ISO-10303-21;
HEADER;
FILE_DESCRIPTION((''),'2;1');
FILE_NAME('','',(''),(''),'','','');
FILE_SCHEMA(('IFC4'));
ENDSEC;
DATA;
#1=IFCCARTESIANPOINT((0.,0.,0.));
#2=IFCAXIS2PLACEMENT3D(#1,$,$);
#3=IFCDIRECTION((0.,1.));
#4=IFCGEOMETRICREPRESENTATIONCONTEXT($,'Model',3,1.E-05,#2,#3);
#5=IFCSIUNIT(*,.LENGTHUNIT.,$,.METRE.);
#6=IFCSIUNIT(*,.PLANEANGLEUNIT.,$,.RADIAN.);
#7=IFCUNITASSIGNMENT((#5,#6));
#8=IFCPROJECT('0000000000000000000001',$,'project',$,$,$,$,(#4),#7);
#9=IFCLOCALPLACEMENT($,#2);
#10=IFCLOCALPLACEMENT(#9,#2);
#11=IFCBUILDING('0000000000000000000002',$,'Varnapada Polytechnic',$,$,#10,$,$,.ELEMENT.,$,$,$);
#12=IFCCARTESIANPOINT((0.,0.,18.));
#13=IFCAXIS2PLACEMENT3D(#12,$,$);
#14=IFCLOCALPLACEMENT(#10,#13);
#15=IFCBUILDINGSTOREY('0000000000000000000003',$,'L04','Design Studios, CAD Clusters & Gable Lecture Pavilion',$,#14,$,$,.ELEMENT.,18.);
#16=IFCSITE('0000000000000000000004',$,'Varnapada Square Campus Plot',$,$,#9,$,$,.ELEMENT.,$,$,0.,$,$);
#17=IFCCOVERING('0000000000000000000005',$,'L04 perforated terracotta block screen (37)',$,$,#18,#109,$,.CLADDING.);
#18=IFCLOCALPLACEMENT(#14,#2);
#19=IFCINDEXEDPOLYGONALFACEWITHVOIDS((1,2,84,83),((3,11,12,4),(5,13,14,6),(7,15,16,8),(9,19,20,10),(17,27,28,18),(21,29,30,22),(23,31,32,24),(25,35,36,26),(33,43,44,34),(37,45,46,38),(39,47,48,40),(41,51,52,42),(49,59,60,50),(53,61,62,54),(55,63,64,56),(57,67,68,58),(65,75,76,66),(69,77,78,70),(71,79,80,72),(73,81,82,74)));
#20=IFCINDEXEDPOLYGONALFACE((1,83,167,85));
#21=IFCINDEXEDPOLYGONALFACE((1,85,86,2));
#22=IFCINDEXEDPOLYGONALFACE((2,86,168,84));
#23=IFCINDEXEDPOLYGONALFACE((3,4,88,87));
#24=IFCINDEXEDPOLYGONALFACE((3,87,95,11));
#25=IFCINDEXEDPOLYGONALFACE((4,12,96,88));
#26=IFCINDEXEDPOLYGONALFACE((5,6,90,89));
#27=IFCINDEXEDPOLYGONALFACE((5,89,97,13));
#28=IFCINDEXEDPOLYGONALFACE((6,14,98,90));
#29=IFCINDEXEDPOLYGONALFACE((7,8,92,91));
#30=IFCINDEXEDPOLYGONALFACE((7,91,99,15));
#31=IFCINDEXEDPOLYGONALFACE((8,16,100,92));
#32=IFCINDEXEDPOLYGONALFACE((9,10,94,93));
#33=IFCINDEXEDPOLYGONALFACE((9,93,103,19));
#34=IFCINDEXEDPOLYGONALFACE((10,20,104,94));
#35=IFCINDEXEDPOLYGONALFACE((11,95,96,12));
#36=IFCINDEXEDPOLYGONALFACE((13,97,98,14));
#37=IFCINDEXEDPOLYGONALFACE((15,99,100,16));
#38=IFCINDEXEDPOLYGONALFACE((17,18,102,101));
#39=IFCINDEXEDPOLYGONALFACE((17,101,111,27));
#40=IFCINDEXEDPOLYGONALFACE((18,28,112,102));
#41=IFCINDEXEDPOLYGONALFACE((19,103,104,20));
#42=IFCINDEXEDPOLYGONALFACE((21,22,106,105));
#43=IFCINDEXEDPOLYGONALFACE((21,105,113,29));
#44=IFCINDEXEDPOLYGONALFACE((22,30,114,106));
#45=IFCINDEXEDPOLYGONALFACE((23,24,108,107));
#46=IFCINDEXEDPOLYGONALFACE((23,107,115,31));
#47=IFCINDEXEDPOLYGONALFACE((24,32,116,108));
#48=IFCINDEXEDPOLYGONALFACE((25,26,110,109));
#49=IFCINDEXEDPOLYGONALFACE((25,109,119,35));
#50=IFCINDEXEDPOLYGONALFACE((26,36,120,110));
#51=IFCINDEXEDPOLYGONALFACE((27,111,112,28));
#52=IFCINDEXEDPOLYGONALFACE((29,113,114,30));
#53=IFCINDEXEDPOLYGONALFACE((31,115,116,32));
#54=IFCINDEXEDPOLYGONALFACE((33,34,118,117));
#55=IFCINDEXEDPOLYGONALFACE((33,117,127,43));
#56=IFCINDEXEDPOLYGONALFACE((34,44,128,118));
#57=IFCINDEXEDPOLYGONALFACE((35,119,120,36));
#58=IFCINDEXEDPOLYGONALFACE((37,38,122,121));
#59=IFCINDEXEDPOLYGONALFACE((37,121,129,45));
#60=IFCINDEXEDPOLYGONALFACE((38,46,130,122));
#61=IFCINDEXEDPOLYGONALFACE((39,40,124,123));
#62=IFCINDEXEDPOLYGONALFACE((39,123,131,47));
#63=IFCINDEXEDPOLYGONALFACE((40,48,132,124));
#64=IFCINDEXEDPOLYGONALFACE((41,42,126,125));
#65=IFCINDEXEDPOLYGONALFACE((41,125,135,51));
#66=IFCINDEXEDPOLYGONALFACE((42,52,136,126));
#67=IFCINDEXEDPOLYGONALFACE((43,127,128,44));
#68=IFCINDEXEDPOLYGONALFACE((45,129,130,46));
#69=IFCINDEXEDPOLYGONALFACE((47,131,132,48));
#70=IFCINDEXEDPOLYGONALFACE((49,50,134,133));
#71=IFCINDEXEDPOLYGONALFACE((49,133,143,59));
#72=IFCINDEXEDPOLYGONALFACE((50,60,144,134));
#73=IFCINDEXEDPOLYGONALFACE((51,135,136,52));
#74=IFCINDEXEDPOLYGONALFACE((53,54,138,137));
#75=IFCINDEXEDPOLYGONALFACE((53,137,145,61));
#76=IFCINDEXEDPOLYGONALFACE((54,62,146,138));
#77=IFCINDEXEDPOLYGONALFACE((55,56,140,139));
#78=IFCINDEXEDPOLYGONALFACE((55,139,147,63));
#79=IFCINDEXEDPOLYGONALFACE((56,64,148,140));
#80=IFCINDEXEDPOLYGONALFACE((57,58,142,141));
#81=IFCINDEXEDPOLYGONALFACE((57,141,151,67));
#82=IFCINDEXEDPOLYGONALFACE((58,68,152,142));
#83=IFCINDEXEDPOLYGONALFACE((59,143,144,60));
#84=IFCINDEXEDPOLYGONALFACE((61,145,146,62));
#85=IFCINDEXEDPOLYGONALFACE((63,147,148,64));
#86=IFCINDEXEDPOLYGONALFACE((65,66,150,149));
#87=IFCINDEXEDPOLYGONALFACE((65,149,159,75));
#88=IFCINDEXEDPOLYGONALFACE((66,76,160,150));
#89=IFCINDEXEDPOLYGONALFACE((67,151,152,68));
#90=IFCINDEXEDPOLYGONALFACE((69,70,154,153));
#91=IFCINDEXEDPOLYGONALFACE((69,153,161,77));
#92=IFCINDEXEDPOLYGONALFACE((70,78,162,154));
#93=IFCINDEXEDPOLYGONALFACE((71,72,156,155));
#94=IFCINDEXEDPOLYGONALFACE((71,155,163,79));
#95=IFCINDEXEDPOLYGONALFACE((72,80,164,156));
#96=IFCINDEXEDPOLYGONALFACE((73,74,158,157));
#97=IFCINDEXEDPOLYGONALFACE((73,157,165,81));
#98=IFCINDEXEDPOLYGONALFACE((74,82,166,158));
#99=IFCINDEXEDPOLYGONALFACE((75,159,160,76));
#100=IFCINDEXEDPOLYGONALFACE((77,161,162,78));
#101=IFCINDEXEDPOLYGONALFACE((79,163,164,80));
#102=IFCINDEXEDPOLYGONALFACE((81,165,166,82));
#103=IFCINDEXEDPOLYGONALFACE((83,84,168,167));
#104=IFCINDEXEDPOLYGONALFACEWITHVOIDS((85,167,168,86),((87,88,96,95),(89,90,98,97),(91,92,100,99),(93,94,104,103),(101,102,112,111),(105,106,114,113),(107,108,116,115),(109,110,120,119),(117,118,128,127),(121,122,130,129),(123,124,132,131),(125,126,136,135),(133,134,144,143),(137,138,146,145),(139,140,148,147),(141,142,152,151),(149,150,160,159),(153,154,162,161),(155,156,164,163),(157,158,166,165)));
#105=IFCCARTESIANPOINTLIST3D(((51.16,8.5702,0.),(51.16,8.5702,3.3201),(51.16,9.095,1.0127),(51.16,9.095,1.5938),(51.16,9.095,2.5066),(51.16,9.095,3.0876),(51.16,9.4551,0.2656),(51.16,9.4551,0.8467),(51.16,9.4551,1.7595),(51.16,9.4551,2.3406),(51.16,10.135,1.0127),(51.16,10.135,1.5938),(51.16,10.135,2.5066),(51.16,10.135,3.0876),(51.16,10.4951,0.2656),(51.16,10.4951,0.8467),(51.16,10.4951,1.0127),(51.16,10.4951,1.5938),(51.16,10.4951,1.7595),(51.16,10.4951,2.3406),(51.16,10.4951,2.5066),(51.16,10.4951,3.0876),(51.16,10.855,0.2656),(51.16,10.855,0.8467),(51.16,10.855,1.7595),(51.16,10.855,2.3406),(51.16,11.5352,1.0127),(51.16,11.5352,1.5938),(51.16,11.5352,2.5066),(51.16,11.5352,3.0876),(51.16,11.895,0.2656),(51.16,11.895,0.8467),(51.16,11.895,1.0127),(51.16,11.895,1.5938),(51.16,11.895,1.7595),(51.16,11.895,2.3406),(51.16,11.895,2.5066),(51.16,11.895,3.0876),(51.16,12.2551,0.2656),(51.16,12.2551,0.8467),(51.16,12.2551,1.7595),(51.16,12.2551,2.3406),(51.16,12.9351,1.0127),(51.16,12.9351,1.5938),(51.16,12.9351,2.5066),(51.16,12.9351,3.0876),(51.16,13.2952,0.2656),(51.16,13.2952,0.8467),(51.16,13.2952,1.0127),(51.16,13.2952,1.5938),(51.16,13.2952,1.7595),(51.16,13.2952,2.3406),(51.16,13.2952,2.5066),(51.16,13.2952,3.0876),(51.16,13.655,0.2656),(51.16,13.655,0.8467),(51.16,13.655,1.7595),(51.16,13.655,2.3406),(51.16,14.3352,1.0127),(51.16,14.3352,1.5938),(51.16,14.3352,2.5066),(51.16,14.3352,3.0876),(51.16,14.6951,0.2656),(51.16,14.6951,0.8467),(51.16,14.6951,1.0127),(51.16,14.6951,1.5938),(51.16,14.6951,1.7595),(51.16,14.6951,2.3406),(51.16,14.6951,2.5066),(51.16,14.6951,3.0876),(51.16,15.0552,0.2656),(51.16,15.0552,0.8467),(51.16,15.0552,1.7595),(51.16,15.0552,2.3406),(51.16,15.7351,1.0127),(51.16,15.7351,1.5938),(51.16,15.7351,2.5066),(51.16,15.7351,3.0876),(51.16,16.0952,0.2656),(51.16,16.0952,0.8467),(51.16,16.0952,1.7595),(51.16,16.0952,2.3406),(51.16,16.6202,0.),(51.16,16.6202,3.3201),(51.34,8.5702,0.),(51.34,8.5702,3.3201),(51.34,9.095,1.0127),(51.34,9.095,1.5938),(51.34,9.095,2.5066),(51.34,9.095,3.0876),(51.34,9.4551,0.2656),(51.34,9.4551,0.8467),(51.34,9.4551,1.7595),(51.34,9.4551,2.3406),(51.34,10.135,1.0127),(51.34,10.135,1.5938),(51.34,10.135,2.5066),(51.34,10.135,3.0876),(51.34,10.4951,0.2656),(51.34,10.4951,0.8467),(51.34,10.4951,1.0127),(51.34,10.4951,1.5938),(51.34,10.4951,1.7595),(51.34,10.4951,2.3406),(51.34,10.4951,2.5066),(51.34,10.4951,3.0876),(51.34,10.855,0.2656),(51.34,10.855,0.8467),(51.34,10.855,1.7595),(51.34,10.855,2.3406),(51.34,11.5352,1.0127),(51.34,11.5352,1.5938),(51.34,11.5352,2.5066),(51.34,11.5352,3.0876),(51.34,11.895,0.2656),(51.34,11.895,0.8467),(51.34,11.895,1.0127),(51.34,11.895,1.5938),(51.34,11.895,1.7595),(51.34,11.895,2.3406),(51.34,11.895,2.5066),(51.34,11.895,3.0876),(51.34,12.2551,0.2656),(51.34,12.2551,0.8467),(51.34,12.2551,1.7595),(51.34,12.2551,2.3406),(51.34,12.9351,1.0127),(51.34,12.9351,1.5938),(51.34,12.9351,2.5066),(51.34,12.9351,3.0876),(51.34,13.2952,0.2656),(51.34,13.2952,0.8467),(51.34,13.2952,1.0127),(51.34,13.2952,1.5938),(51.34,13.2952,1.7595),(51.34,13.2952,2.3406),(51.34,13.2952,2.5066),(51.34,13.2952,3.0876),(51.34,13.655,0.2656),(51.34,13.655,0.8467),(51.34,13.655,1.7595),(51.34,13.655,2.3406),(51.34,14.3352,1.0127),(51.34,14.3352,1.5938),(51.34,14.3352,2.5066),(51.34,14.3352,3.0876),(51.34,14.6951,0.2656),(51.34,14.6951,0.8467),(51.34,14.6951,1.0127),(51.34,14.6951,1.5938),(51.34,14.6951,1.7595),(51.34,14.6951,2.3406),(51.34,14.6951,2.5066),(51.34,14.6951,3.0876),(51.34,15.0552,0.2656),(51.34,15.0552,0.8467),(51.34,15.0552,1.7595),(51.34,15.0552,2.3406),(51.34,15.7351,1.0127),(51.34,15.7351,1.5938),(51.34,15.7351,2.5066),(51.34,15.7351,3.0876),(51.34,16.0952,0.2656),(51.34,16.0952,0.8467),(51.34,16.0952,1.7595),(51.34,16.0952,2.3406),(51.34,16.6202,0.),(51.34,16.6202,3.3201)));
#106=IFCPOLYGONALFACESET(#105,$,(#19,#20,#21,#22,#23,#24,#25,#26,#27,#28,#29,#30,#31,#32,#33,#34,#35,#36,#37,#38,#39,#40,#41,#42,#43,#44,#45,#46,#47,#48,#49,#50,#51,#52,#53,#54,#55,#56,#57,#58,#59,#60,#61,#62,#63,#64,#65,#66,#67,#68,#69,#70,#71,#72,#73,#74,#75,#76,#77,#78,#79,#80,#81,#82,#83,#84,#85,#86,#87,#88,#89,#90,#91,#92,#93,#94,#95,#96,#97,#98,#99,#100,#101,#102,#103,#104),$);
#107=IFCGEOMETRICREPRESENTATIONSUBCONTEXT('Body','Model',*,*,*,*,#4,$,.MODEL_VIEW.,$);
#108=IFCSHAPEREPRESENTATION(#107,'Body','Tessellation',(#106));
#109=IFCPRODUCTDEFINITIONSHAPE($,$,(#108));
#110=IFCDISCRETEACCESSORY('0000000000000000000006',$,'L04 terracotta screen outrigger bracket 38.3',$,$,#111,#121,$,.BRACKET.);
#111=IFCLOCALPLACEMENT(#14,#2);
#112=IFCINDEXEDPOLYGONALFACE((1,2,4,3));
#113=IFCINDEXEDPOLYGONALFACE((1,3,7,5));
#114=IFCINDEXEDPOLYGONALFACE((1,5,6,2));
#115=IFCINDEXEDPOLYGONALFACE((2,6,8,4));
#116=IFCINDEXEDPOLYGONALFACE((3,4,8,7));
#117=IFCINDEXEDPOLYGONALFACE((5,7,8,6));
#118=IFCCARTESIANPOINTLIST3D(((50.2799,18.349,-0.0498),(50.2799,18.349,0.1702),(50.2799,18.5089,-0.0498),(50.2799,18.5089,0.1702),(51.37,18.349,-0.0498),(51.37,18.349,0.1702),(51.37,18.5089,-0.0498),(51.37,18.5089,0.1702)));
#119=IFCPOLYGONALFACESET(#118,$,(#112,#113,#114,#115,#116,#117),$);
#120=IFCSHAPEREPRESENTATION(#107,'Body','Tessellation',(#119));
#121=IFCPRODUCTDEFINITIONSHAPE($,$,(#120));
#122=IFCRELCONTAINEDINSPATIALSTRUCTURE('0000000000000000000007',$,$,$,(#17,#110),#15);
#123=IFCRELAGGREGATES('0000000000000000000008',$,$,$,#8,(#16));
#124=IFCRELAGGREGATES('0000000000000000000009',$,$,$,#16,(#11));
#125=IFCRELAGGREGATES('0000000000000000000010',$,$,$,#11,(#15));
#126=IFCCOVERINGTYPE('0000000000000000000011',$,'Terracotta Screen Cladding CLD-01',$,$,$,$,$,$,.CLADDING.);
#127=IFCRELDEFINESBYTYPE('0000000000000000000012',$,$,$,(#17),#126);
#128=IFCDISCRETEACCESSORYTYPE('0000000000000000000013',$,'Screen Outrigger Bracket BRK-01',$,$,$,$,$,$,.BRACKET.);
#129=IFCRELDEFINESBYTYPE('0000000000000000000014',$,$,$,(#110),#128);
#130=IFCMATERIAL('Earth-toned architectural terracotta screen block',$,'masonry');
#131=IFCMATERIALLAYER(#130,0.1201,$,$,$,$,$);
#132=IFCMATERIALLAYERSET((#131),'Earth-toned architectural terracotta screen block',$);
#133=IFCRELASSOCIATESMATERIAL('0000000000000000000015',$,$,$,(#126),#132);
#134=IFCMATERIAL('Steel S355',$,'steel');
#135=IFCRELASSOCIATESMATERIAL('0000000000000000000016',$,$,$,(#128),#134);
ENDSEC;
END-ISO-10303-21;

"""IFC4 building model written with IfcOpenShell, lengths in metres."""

from ifc_helpers import new_model, si_unit, direction, frame, frame_2d, origin, origin_2d, place, context, subcontext, project, spatial, rectangle, extrude, material, layer, layer_set, type_object, element, save


model = new_model("IFC4")

# Units and contexts
model_context = context("Model", 3, precision=1e-05, world=origin(), true_north=direction((0.0, 1.0)))
body_context = subcontext(model_context, "Body", "Model", "MODEL_VIEW")
ifc_project = project(units=[si_unit("LENGTHUNIT", "METRE"), si_unit("PLANEANGLEUNIT", "RADIAN")], contexts=[model_context])

# Site, building, storey
site_placement = place(None, origin())
site = spatial("IfcSite", under=ifc_project, at=site_placement, Name="Varnapada Square Campus Plot", CompositionType="ELEMENT", RefElevation=0.0)
building_placement = place(site_placement, origin())
building = spatial("IfcBuilding", under=site, at=building_placement, Name="Varnapada Polytechnic", CompositionType="ELEMENT")
storey_placement = place(building_placement, frame((0.0, 0.0, 18.0)))
storey = spatial("IfcBuildingStorey", under=building, at=storey_placement, Name="L04", Description="Design Studios, CAD Clusters & Gable Lecture Pavilion", CompositionType="ELEMENT", Elevation=18.0)

# Covering, openings
ifc_material_1 = material(Name="Earth-toned architectural terracotta screen block", Category="masonry")
ifc_layer = layer(ifc_material_1, 0.1201)
ifc_layer_set = layer_set([ifc_layer], Name="Earth-toned architectural terracotta screen block")
covering_type = type_object("IfcCoveringType", Name="Terracotta Screen Cladding CLD-01", PredefinedType="CLADDING", material=ifc_layer_set)
covering_placement = place(storey_placement, frame((51.25, 16.6201, 0.0), z_axis=(0.0, 0.0, 1.0), x_axis=(0.0, -1.0, 0.0)))
covering = element("IfcCovering", 1, at=covering_placement, inside=storey, type_object=covering_type, Name="L04 perforated terracotta block screen (37)", PredefinedType="CLADDING", context=body_context, shape_type="SweptSolid", body=[
    extrude(rectangle(XDim=8.05, YDim=0.1799, at=frame_2d((4.0249, 0.0))), origin(), (0.0, 0.0, 1.0), 3.3201),
])
opening_1_placement = place(covering_placement, frame((0.5249, 0.0, 0.2656)))
element("IfcOpeningElement", 2, at=opening_1_placement, cuts=covering, PredefinedType="OPENING", context=body_context, shape_type="SweptSolid", body=[
    extrude(rectangle(XDim=1.04, YDim=0.5811, at=frame_2d((0.52, 0.2905))), frame((0.0, 0.0999, 0.0), z_axis=(0.0, -1.0, 0.0), x_axis=(1.0, 0.0, 0.0)), (0.0, 0.0, 1.0), 0.2),
])
opening_2_placement = place(covering_placement, frame((1.925, 0.0, 0.2656)))
element("IfcOpeningElement", 3, at=opening_2_placement, cuts=covering, PredefinedType="OPENING", context=body_context, shape_type="SweptSolid", body=[
    extrude(rectangle(XDim=1.04, YDim=0.5811, at=frame_2d((0.52, 0.2905))), frame((0.0, 0.0999, 0.0), z_axis=(0.0, -1.0, 0.0), x_axis=(1.0, 0.0, 0.0)), (0.0, 0.0, 1.0), 0.2),
])
opening_3_placement = place(covering_placement, frame((3.325, 0.0, 0.2656)))
element("IfcOpeningElement", 4, at=opening_3_placement, cuts=covering, PredefinedType="OPENING", context=body_context, shape_type="SweptSolid", body=[
    extrude(rectangle(XDim=1.04, YDim=0.5811, at=frame_2d((0.52, 0.2905))), frame((0.0, 0.0999, 0.0), z_axis=(0.0, -1.0, 0.0), x_axis=(1.0, 0.0, 0.0)), (0.0, 0.0, 1.0), 0.2),
])
opening_4_placement = place(covering_placement, frame((4.7251, 0.0, 0.2656)))
element("IfcOpeningElement", 5, at=opening_4_placement, cuts=covering, PredefinedType="OPENING", context=body_context, shape_type="SweptSolid", body=[
    extrude(rectangle(XDim=1.04, YDim=0.5811, at=frame_2d((0.52, 0.2905))), frame((0.0, 0.0999, 0.0), z_axis=(0.0, -1.0, 0.0), x_axis=(1.0, 0.0, 0.0)), (0.0, 0.0, 1.0), 0.2),
])
opening_5_placement = place(covering_placement, frame((6.125, 0.0, 0.2656)))
element("IfcOpeningElement", 6, at=opening_5_placement, cuts=covering, PredefinedType="OPENING", context=body_context, shape_type="SweptSolid", body=[
    extrude(rectangle(XDim=1.04, YDim=0.5811, at=frame_2d((0.52, 0.2905))), frame((0.0, 0.0999, 0.0), z_axis=(0.0, -1.0, 0.0), x_axis=(1.0, 0.0, 0.0)), (0.0, 0.0, 1.0), 0.2),
])
opening_6_placement = place(covering_placement, frame((0.885, 0.0, 1.0127)))
element("IfcOpeningElement", 7, at=opening_6_placement, cuts=covering, PredefinedType="OPENING", context=body_context, shape_type="SweptSolid", body=[
    extrude(rectangle(XDim=1.04, YDim=0.5811, at=frame_2d((0.52, 0.2905))), frame((0.0, 0.0999, 0.0), z_axis=(0.0, -1.0, 0.0), x_axis=(1.0, 0.0, 0.0)), (0.0, 0.0, 1.0), 0.2),
])
opening_7_placement = place(covering_placement, frame((2.2849, 0.0, 1.0127)))
element("IfcOpeningElement", 8, at=opening_7_placement, cuts=covering, PredefinedType="OPENING", context=body_context, shape_type="SweptSolid", body=[
    extrude(rectangle(XDim=1.04, YDim=0.5811, at=frame_2d((0.52, 0.2905))), frame((0.0, 0.0999, 0.0), z_axis=(0.0, -1.0, 0.0), x_axis=(1.0, 0.0, 0.0)), (0.0, 0.0, 1.0), 0.2),
])
opening_8_placement = place(covering_placement, frame((3.6851, 0.0, 1.0127)))
element("IfcOpeningElement", 9, at=opening_8_placement, cuts=covering, PredefinedType="OPENING", context=body_context, shape_type="SweptSolid", body=[
    extrude(rectangle(XDim=1.04, YDim=0.5811, at=frame_2d((0.52, 0.2905))), frame((0.0, 0.0999, 0.0), z_axis=(0.0, -1.0, 0.0), x_axis=(1.0, 0.0, 0.0)), (0.0, 0.0, 1.0), 0.2),
])
opening_9_placement = place(covering_placement, frame((5.085, 0.0, 1.0127)))
element("IfcOpeningElement", 10, at=opening_9_placement, cuts=covering, PredefinedType="OPENING", context=body_context, shape_type="SweptSolid", body=[
    extrude(rectangle(XDim=1.04, YDim=0.5811, at=frame_2d((0.52, 0.2905))), frame((0.0, 0.0999, 0.0), z_axis=(0.0, -1.0, 0.0), x_axis=(1.0, 0.0, 0.0)), (0.0, 0.0, 1.0), 0.2),
])
opening_10_placement = place(covering_placement, frame((6.4851, 0.0, 1.0127)))
element("IfcOpeningElement", 11, at=opening_10_placement, cuts=covering, PredefinedType="OPENING", context=body_context, shape_type="SweptSolid", body=[
    extrude(rectangle(XDim=1.04, YDim=0.5811, at=frame_2d((0.52, 0.2905))), frame((0.0, 0.0999, 0.0), z_axis=(0.0, -1.0, 0.0), x_axis=(1.0, 0.0, 0.0)), (0.0, 0.0, 1.0), 0.2),
])
opening_11_placement = place(covering_placement, frame((0.5249, 0.0, 1.7595)))
element("IfcOpeningElement", 12, at=opening_11_placement, cuts=covering, PredefinedType="OPENING", context=body_context, shape_type="SweptSolid", body=[
    extrude(rectangle(XDim=1.04, YDim=0.5811, at=frame_2d((0.52, 0.2905))), frame((0.0, 0.0999, 0.0), z_axis=(0.0, -1.0, 0.0), x_axis=(1.0, 0.0, 0.0)), (0.0, 0.0, 1.0), 0.2),
])
opening_12_placement = place(covering_placement, frame((1.925, 0.0, 1.7595)))
element("IfcOpeningElement", 13, at=opening_12_placement, cuts=covering, PredefinedType="OPENING", context=body_context, shape_type="SweptSolid", body=[
    extrude(rectangle(XDim=1.04, YDim=0.5811, at=frame_2d((0.52, 0.2905))), frame((0.0, 0.0999, 0.0), z_axis=(0.0, -1.0, 0.0), x_axis=(1.0, 0.0, 0.0)), (0.0, 0.0, 1.0), 0.2),
])
opening_13_placement = place(covering_placement, frame((3.325, 0.0, 1.7595)))
element("IfcOpeningElement", 14, at=opening_13_placement, cuts=covering, PredefinedType="OPENING", context=body_context, shape_type="SweptSolid", body=[
    extrude(rectangle(XDim=1.04, YDim=0.5811, at=frame_2d((0.52, 0.2905))), frame((0.0, 0.0999, 0.0), z_axis=(0.0, -1.0, 0.0), x_axis=(1.0, 0.0, 0.0)), (0.0, 0.0, 1.0), 0.2),
])
opening_14_placement = place(covering_placement, frame((4.7251, 0.0, 1.7595)))
element("IfcOpeningElement", 15, at=opening_14_placement, cuts=covering, PredefinedType="OPENING", context=body_context, shape_type="SweptSolid", body=[
    extrude(rectangle(XDim=1.04, YDim=0.5811, at=frame_2d((0.52, 0.2905))), frame((0.0, 0.0999, 0.0), z_axis=(0.0, -1.0, 0.0), x_axis=(1.0, 0.0, 0.0)), (0.0, 0.0, 1.0), 0.2),
])
opening_15_placement = place(covering_placement, frame((6.125, 0.0, 1.7595)))
element("IfcOpeningElement", 16, at=opening_15_placement, cuts=covering, PredefinedType="OPENING", context=body_context, shape_type="SweptSolid", body=[
    extrude(rectangle(XDim=1.04, YDim=0.5811, at=frame_2d((0.52, 0.2905))), frame((0.0, 0.0999, 0.0), z_axis=(0.0, -1.0, 0.0), x_axis=(1.0, 0.0, 0.0)), (0.0, 0.0, 1.0), 0.2),
])
opening_16_placement = place(covering_placement, frame((0.885, 0.0, 2.5066)))
element("IfcOpeningElement", 17, at=opening_16_placement, cuts=covering, PredefinedType="OPENING", context=body_context, shape_type="SweptSolid", body=[
    extrude(rectangle(XDim=1.04, YDim=0.5811, at=frame_2d((0.52, 0.2905))), frame((0.0, 0.0999, 0.0), z_axis=(0.0, -1.0, 0.0), x_axis=(1.0, 0.0, 0.0)), (0.0, 0.0, 1.0), 0.2),
])
opening_17_placement = place(covering_placement, frame((2.2849, 0.0, 2.5066)))
element("IfcOpeningElement", 18, at=opening_17_placement, cuts=covering, PredefinedType="OPENING", context=body_context, shape_type="SweptSolid", body=[
    extrude(rectangle(XDim=1.04, YDim=0.5811, at=frame_2d((0.52, 0.2905))), frame((0.0, 0.0999, 0.0), z_axis=(0.0, -1.0, 0.0), x_axis=(1.0, 0.0, 0.0)), (0.0, 0.0, 1.0), 0.2),
])
opening_18_placement = place(covering_placement, frame((3.6851, 0.0, 2.5066)))
element("IfcOpeningElement", 19, at=opening_18_placement, cuts=covering, PredefinedType="OPENING", context=body_context, shape_type="SweptSolid", body=[
    extrude(rectangle(XDim=1.04, YDim=0.5811, at=frame_2d((0.52, 0.2905))), frame((0.0, 0.0999, 0.0), z_axis=(0.0, -1.0, 0.0), x_axis=(1.0, 0.0, 0.0)), (0.0, 0.0, 1.0), 0.2),
])
opening_19_placement = place(covering_placement, frame((5.085, 0.0, 2.5066)))
element("IfcOpeningElement", 20, at=opening_19_placement, cuts=covering, PredefinedType="OPENING", context=body_context, shape_type="SweptSolid", body=[
    extrude(rectangle(XDim=1.04, YDim=0.5811, at=frame_2d((0.52, 0.2905))), frame((0.0, 0.0999, 0.0), z_axis=(0.0, -1.0, 0.0), x_axis=(1.0, 0.0, 0.0)), (0.0, 0.0, 1.0), 0.2),
])
opening_20_placement = place(covering_placement, frame((6.4851, 0.0, 2.5066)))
element("IfcOpeningElement", 21, at=opening_20_placement, cuts=covering, PredefinedType="OPENING", context=body_context, shape_type="SweptSolid", body=[
    extrude(rectangle(XDim=1.04, YDim=0.5811, at=frame_2d((0.52, 0.2905))), frame((0.0, 0.0999, 0.0), z_axis=(0.0, -1.0, 0.0), x_axis=(1.0, 0.0, 0.0)), (0.0, 0.0, 1.0), 0.2),
])

# Discrete accessory
ifc_material_2 = material(Name="Steel S355", Category="steel")
discrete_accessory_type = type_object("IfcDiscreteAccessoryType", Name="Screen Outrigger Bracket BRK-01", PredefinedType="BRACKET", material=ifc_material_2)
discrete_accessory_placement = place(storey_placement, frame((50.825, 18.429, -0.0498), z_axis=(0.0, 0.0, 1.0), x_axis=(0.0, -1.0, 0.0)))
element("IfcDiscreteAccessory", 22, at=discrete_accessory_placement, inside=storey, type_object=discrete_accessory_type, Name="L04 terracotta screen outrigger bracket 38.3", PredefinedType="BRACKET", context=body_context, shape_type="SweptSolid", body=[
    extrude(rectangle(XDim=0.1599, YDim=1.0901, at=origin_2d()), origin(), (0.0, 0.0, 1.0), 0.22),
])

save(model, "model.ifc")
